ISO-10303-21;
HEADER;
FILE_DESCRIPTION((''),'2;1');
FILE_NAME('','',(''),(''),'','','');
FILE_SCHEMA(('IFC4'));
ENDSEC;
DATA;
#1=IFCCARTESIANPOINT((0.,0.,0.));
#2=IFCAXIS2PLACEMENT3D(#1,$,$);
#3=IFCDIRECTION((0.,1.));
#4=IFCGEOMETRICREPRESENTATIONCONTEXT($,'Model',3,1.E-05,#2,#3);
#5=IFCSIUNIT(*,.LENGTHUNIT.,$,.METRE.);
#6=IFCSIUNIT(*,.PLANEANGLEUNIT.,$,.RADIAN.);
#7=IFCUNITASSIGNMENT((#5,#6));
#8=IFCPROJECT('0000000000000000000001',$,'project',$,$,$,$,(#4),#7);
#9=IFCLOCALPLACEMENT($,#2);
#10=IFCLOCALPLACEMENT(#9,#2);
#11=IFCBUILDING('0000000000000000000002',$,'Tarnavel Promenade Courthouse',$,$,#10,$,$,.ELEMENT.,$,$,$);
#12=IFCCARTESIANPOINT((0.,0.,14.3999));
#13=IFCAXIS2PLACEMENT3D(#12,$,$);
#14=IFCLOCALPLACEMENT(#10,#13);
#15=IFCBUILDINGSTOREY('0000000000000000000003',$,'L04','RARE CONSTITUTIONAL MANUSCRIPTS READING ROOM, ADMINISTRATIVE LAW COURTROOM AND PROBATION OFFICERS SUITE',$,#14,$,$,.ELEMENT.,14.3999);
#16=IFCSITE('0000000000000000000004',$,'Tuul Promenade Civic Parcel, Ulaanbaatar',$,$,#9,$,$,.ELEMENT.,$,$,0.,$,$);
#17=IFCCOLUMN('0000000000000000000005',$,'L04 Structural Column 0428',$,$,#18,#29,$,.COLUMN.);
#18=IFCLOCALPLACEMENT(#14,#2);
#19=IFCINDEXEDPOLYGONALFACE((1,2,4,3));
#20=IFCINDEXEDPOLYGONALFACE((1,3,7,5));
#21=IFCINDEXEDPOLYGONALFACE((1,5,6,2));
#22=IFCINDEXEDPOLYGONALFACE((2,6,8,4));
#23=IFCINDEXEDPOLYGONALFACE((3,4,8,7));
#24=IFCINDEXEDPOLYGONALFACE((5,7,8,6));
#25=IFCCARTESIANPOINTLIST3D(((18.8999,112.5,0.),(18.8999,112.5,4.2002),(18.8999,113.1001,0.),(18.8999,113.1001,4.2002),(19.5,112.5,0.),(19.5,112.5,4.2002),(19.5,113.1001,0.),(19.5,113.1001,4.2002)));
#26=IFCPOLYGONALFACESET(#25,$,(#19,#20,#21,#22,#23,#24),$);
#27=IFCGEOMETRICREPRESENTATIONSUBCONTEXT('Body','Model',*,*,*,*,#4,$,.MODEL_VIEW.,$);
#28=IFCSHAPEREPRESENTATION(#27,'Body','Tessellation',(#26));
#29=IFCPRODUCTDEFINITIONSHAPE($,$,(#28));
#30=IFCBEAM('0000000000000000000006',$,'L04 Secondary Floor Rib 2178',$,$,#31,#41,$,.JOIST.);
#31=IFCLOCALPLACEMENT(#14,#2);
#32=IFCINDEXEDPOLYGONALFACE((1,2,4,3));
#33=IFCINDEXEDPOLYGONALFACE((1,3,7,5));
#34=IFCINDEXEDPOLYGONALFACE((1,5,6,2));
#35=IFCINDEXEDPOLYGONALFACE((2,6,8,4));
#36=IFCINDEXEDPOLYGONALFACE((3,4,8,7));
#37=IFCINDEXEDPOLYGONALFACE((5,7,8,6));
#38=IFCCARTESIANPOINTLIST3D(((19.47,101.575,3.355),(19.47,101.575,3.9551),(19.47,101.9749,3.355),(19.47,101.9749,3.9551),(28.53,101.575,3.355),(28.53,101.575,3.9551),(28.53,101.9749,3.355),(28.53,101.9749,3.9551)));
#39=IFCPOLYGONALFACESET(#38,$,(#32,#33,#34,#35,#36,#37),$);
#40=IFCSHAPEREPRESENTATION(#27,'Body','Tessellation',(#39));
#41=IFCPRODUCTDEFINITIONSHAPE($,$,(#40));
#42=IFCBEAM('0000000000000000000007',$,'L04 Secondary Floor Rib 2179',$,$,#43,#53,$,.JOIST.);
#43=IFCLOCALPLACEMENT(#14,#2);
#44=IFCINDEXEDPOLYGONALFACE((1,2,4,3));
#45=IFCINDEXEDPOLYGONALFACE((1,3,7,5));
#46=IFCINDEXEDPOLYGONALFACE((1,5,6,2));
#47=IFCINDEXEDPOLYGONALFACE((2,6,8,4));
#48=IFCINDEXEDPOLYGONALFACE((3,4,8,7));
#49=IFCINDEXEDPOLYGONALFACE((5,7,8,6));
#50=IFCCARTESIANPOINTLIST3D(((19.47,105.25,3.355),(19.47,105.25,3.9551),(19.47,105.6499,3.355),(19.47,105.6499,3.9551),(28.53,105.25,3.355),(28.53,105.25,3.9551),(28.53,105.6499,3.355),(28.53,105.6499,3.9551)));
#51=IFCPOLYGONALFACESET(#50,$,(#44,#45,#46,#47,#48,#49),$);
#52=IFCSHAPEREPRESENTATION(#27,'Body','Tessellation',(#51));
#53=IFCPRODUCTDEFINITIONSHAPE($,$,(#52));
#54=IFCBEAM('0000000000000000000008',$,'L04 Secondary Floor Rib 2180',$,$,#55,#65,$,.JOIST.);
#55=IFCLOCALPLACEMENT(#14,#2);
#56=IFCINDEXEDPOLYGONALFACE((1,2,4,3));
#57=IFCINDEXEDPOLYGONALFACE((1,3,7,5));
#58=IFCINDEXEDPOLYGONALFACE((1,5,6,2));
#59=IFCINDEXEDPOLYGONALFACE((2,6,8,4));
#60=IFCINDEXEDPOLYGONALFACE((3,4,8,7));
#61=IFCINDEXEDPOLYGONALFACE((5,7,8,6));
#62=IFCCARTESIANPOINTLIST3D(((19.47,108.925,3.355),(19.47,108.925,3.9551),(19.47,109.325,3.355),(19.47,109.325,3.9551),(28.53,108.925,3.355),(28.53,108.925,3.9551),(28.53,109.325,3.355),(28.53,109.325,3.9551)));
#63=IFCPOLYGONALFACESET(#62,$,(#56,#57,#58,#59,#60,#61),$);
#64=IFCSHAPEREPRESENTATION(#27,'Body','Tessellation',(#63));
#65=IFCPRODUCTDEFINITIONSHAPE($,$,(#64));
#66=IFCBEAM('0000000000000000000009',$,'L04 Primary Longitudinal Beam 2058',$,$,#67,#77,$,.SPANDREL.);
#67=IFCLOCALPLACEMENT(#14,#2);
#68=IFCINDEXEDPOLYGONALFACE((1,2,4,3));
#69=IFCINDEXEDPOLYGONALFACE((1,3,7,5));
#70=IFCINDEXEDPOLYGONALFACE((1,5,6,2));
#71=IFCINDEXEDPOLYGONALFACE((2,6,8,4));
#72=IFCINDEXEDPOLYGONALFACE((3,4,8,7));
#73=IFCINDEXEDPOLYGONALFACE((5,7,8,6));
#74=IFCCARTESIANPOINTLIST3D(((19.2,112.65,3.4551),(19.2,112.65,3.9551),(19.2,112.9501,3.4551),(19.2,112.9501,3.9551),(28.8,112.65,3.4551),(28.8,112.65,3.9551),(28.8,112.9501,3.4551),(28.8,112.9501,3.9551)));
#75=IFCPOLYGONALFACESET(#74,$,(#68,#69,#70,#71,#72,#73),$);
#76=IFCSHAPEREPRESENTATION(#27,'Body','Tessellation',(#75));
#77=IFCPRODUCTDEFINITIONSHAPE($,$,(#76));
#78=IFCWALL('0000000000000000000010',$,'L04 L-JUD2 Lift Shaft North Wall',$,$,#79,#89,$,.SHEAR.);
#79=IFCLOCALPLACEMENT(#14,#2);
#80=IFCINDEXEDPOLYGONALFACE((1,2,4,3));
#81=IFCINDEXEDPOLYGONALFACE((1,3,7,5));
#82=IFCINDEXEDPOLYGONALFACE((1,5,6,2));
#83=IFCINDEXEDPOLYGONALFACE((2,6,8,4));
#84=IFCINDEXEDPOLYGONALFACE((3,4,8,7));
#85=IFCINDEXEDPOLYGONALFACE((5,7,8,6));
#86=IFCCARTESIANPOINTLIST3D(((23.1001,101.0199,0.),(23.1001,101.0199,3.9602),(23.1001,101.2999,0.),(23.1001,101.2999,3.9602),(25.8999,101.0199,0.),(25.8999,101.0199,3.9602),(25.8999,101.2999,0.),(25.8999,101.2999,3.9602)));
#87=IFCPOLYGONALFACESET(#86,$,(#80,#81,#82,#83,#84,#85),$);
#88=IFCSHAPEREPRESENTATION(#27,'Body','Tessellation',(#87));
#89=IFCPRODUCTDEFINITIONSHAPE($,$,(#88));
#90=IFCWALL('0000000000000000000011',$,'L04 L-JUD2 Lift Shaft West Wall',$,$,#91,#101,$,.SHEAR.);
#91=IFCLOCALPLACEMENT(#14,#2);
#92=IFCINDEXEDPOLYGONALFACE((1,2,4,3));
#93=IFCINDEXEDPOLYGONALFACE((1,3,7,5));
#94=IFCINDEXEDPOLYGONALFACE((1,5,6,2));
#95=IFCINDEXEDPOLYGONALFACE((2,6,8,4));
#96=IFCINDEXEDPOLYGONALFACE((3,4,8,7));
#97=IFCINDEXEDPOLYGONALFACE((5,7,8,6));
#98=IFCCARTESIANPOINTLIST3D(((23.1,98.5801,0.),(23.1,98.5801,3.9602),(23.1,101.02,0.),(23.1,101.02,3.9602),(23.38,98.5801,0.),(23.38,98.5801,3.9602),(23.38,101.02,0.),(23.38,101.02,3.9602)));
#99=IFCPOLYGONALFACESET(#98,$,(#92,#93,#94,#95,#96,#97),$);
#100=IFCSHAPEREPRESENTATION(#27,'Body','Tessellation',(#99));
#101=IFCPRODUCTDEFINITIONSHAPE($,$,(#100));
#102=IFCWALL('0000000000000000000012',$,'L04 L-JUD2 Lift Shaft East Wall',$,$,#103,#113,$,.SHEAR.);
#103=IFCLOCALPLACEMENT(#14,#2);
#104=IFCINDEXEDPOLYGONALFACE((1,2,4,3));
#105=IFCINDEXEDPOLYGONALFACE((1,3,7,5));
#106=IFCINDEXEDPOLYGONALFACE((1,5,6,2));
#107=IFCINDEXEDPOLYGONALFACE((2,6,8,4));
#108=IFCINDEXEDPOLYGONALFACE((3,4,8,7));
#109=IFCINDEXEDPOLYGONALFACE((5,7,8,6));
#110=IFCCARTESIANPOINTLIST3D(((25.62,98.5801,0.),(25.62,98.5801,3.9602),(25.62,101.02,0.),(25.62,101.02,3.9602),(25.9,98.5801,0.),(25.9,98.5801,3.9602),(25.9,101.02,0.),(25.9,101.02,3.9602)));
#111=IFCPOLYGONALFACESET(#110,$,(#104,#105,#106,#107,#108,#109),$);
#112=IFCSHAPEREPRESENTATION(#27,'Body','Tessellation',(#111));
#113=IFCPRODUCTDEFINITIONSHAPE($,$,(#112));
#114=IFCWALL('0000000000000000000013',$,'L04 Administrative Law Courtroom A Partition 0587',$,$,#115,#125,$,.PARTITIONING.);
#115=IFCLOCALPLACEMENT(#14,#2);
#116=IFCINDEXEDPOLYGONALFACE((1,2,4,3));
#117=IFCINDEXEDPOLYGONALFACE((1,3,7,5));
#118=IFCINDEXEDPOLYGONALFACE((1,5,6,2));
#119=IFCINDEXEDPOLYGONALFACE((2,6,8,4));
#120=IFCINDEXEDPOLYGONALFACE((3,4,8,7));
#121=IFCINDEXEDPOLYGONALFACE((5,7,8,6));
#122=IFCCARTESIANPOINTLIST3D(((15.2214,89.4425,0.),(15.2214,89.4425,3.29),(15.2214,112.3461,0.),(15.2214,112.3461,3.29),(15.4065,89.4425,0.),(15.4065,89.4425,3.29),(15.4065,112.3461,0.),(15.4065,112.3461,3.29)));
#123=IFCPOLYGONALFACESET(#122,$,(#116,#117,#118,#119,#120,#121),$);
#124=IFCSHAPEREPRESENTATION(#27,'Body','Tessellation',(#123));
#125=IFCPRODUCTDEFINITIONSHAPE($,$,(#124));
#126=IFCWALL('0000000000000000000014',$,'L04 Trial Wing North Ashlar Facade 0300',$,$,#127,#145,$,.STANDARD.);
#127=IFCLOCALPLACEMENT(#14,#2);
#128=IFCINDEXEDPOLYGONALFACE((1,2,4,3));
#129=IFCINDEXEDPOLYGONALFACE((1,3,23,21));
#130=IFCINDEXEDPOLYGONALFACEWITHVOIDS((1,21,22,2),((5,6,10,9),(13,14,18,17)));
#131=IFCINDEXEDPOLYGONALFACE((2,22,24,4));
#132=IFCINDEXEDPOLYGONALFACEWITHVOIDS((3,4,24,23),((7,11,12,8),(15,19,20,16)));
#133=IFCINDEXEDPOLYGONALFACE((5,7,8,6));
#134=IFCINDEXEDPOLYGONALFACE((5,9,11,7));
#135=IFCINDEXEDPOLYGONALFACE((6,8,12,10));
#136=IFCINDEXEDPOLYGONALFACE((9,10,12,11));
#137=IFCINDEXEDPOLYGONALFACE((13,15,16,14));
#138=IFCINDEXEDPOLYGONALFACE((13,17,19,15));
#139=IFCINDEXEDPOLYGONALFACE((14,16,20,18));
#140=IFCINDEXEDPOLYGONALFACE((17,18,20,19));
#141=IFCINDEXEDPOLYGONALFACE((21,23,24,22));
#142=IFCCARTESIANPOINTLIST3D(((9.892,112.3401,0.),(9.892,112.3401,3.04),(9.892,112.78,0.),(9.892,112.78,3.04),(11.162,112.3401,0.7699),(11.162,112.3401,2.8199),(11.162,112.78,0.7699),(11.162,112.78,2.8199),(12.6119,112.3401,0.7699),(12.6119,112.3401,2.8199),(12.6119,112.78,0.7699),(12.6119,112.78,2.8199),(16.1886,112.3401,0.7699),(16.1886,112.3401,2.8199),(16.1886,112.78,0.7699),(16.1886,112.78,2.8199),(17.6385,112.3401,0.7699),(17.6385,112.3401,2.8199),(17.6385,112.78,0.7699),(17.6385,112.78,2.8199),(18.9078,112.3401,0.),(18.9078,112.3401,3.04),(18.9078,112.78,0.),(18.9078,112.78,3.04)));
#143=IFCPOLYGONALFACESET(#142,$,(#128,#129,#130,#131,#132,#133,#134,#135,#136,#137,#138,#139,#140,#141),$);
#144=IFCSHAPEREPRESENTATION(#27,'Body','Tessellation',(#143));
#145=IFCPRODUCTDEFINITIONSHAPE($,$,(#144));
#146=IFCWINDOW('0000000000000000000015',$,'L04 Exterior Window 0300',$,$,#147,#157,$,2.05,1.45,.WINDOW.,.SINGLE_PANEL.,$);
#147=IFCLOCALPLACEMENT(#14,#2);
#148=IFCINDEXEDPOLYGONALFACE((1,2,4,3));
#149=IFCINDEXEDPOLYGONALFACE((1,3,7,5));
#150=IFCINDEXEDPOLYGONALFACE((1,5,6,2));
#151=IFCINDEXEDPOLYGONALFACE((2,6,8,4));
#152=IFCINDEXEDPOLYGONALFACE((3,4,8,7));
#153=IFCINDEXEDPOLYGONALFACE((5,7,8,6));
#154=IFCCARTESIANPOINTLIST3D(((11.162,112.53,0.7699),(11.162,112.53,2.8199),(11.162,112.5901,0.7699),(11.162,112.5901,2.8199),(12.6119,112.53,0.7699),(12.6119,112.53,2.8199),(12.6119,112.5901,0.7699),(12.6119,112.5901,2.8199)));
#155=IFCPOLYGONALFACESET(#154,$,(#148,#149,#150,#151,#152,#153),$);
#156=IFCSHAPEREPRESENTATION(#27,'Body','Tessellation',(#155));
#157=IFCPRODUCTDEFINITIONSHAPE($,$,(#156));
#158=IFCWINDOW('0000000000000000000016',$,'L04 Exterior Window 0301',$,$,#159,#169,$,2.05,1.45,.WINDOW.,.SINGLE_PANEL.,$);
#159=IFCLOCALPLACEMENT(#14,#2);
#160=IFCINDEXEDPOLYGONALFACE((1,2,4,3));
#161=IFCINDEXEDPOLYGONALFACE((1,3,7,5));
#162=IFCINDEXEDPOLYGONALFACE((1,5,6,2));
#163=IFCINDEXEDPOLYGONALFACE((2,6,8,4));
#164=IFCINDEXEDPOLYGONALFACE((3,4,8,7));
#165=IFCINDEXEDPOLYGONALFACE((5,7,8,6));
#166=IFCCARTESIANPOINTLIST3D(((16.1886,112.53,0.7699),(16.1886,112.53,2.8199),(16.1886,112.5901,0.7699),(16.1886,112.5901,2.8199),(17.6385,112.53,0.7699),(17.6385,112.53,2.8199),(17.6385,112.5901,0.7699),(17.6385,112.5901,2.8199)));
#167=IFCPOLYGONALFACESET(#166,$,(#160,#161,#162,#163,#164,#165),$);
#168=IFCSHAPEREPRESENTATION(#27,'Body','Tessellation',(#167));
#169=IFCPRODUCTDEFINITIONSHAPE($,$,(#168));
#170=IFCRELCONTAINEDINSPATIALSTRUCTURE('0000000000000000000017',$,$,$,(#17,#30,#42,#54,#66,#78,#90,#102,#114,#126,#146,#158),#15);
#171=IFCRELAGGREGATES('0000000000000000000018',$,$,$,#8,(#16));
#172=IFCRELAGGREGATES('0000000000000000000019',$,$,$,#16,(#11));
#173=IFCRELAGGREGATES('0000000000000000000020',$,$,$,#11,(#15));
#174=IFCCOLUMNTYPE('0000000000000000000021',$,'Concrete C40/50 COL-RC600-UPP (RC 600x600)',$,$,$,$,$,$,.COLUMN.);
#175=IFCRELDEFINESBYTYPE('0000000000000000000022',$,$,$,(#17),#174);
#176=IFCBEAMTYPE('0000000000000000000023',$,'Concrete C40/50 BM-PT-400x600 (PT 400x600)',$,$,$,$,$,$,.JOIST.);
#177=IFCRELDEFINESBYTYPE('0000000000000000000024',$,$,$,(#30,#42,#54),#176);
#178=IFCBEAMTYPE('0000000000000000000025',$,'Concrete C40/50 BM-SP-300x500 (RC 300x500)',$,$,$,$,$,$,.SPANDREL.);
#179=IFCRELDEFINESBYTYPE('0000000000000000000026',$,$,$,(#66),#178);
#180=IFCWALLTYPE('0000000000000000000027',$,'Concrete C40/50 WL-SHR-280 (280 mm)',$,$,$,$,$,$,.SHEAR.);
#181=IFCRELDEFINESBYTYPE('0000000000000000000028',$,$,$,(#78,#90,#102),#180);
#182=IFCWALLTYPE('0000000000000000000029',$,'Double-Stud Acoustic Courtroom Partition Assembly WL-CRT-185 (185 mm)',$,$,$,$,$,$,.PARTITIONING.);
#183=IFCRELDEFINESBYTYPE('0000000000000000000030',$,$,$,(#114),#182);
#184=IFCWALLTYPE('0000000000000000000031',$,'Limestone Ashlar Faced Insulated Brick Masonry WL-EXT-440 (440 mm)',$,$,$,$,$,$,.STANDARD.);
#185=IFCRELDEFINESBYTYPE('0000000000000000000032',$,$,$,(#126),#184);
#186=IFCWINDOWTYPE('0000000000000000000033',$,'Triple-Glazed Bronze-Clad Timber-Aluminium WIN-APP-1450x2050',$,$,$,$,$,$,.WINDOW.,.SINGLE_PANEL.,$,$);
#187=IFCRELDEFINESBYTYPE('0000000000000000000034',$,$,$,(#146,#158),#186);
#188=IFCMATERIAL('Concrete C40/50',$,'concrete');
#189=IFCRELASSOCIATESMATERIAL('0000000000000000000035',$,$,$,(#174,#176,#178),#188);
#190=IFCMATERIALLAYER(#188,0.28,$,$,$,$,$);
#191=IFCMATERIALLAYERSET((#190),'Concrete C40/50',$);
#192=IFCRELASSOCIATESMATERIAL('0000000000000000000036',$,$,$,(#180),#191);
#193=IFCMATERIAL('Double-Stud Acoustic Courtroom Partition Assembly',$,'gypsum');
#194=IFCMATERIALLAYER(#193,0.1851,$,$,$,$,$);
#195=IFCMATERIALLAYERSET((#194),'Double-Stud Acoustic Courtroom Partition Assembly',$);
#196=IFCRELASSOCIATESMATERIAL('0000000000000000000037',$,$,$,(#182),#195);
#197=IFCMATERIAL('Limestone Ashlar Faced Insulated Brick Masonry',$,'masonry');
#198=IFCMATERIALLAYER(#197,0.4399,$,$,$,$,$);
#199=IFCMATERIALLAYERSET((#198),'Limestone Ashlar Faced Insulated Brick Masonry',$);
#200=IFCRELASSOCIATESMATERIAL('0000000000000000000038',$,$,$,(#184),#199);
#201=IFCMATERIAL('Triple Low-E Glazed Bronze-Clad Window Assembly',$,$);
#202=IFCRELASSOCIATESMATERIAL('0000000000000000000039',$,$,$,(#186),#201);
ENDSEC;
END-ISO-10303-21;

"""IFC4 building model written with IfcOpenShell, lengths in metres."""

from ifc_helpers import new_model, si_unit, direction, frame, frame_2d, origin, origin_2d, place, context, subcontext, project, spatial, rectangle, extrude, material, layer, layer_set, material_profile, profile_set, type_object, element, fill, save


model = new_model("IFC4")

# Units and contexts
model_context = context("Model", 3, precision=1e-05, world=origin(), true_north=direction((0.0, 1.0)))
body_context = subcontext(model_context, "Body", "Model", "MODEL_VIEW")
ifc_project = project(units=[si_unit("LENGTHUNIT", "METRE"), si_unit("PLANEANGLEUNIT", "RADIAN")], contexts=[model_context])

# Site, building, storey
site_placement = place(None, origin())
site = spatial("IfcSite", under=ifc_project, at=site_placement, Name="Tuul Promenade Civic Parcel, Ulaanbaatar", CompositionType="ELEMENT", RefElevation=0.0)
building_placement = place(site_placement, origin())
building = spatial("IfcBuilding", under=site, at=building_placement, Name="Tarnavel Promenade Courthouse", CompositionType="ELEMENT")
storey_placement = place(building_placement, frame((0.0, 0.0, 14.3999)))
storey = spatial("IfcBuildingStorey", under=building, at=storey_placement, Name="L04", Description="RARE CONSTITUTIONAL MANUSCRIPTS READING ROOM, ADMINISTRATIVE LAW COURTROOM AND PROBATION OFFICERS SUITE", CompositionType="ELEMENT", Elevation=14.3999)

# Column
ifc_material_1 = material(Name="Concrete C40/50", Category="concrete")
ifc_material_profile_1 = material_profile(ifc_material_1, rectangle(XDim=0.6001, YDim=0.6001, at=origin_2d()), Name="RC 600x600")
ifc_profile_set_1 = profile_set([ifc_material_profile_1], Name="Concrete C40/50")
column_type = type_object("IfcColumnType", Name="Concrete C40/50 COL-RC600-UPP (RC 600x600)", PredefinedType="COLUMN", material=ifc_profile_set_1)
column_placement = place(storey_placement, frame((19.2, 112.8, 0.0), z_axis=(0.0, 0.0, 1.0), x_axis=(1.0, 0.0, 0.0)))
element("IfcColumn", 1, at=column_placement, inside=storey, type_object=column_type, Name="L04 Structural Column 0428", PredefinedType="COLUMN", context=body_context, shape_type="SweptSolid", body=[
    extrude(rectangle(XDim=0.6001, YDim=0.6001, at=origin_2d()), origin(), (0.0, 0.0, 1.0), 4.2002),
])

# Beams
ifc_material_profile_2 = material_profile(ifc_material_1, rectangle(XDim=0.3999, YDim=0.6001, at=origin_2d()), Name="PT 400x600")
ifc_profile_set_2 = profile_set([ifc_material_profile_2], Name="Concrete C40/50")
beam_type_1 = type_object("IfcBeamType", Name="Concrete C40/50 BM-PT-400x600 (PT 400x600)", PredefinedType="JOIST", material=ifc_profile_set_2)
for number, where, z_axis, x_axis, name in (
    (2, (19.47, 101.7749, 3.655), (1.0, 0.0, 0.0), (0.0, 1.0, 0.0), "L04 Secondary Floor Rib 2178"),
    (3, (19.47, 105.45, 3.655), (1.0, 0.0, 0.0), (0.0, 1.0, 0.0), "L04 Secondary Floor Rib 2179"),
    (4, (19.47, 109.125, 3.655), (1.0, 0.0, 0.0), (0.0, 1.0, 0.0), "L04 Secondary Floor Rib 2180"),
):
    element("IfcBeam", number, at=place(storey_placement, frame(where, z_axis=z_axis, x_axis=x_axis)), inside=storey, type_object=beam_type_1, Name=name, PredefinedType="JOIST", context=body_context, shape_type="SweptSolid", body=[
        extrude(rectangle(XDim=0.3999, YDim=0.6001, at=origin_2d()), origin(), (0.0, 0.0, 1.0), 9.0601),
    ])
ifc_material_profile_3 = material_profile(ifc_material_1, rectangle(XDim=0.3, YDim=0.5, at=origin_2d()), Name="RC 300x500")
ifc_profile_set_3 = profile_set([ifc_material_profile_3], Name="Concrete C40/50")
beam_type_2 = type_object("IfcBeamType", Name="Concrete C40/50 BM-SP-300x500 (RC 300x500)", PredefinedType="SPANDREL", material=ifc_profile_set_3)
beam_placement = place(storey_placement, frame((19.2, 112.8, 3.7051), z_axis=(1.0, 0.0, 0.0), x_axis=(0.0, 1.0, 0.0)))
element("IfcBeam", 5, at=beam_placement, inside=storey, type_object=beam_type_2, Name="L04 Primary Longitudinal Beam 2058", PredefinedType="SPANDREL", context=body_context, shape_type="SweptSolid", body=[
    extrude(rectangle(XDim=0.3, YDim=0.5, at=origin_2d()), origin(), (0.0, 0.0, 1.0), 9.6001),
])

# Wall
ifc_layer_1 = layer(ifc_material_1, 0.28)
ifc_layer_set_1 = layer_set([ifc_layer_1], Name="Concrete C40/50")
wall_type_1 = type_object("IfcWallType", Name="Concrete C40/50 WL-SHR-280 (280 mm)", PredefinedType="SHEAR", material=ifc_layer_set_1)
wall_1_placement = place(storey_placement, frame((23.1001, 101.1599, 0.0), z_axis=(0.0, 0.0, 1.0), x_axis=(1.0, 0.0, 0.0)))
element("IfcWall", 6, at=wall_1_placement, inside=storey, type_object=wall_type_1, Name="L04 L-JUD2 Lift Shaft North Wall", PredefinedType="SHEAR", context=body_context, shape_type="SweptSolid", body=[
    extrude(rectangle(XDim=2.7998, YDim=0.28, at=frame_2d((1.3999, 0.0))), origin(), (0.0, 0.0, 1.0), 3.9602),
])

# Walls
for number, where, z_axis, x_axis, name in (
    (7, (23.24, 98.5801, 0.0), (0.0, 0.0, 1.0), (0.0, 1.0, 0.0), "L04 L-JUD2 Lift Shaft West Wall"),
    (8, (25.76, 101.02, 0.0), (0.0, 0.0, 1.0), (0.0, -1.0, 0.0), "L04 L-JUD2 Lift Shaft East Wall"),
):
    element("IfcWall", number, at=place(storey_placement, frame(where, z_axis=z_axis, x_axis=x_axis)), inside=storey, type_object=wall_type_1, Name=name, PredefinedType="SHEAR", context=body_context, shape_type="SweptSolid", body=[
        extrude(rectangle(XDim=2.4399, YDim=0.28, at=frame_2d((1.22, 0.0))), origin(), (0.0, 0.0, 1.0), 3.9602),
    ])
ifc_material_2 = material(Name="Double-Stud Acoustic Courtroom Partition Assembly", Category="gypsum")
ifc_layer_2 = layer(ifc_material_2, 0.1851)
ifc_layer_set_2 = layer_set([ifc_layer_2], Name="Double-Stud Acoustic Courtroom Partition Assembly")
wall_type_2 = type_object("IfcWallType", Name="Double-Stud Acoustic Courtroom Partition Assembly WL-CRT-185 (185 mm)", PredefinedType="PARTITIONING", material=ifc_layer_set_2)
wall_2_placement = place(storey_placement, frame((15.314, 112.3459, 0.0), z_axis=(0.0, 0.0, 1.0), x_axis=(0.0, -1.0, 0.0)))
element("IfcWall", 9, at=wall_2_placement, inside=storey, type_object=wall_type_2, Name="L04 Administrative Law Courtroom A Partition 0587", PredefinedType="PARTITIONING", context=body_context, shape_type="SweptSolid", body=[
    extrude(rectangle(XDim=22.9036, YDim=0.1851, at=frame_2d((11.4517, 0.0))), origin(), (0.0, 0.0, 1.0), 3.29),
])

# Wall, openings, windows
ifc_material_3 = material(Name="Limestone Ashlar Faced Insulated Brick Masonry", Category="masonry")
ifc_layer_3 = layer(ifc_material_3, 0.4399)
ifc_layer_set_3 = layer_set([ifc_layer_3], Name="Limestone Ashlar Faced Insulated Brick Masonry")
wall_type_3 = type_object("IfcWallType", Name="Limestone Ashlar Faced Insulated Brick Masonry WL-EXT-440 (440 mm)", PredefinedType="STANDARD", material=ifc_layer_set_3)
wall_3_placement = place(storey_placement, frame((9.8921, 112.5601, 0.0), z_axis=(0.0, 0.0, 1.0), x_axis=(1.0, 0.0, 0.0)))
wall_3 = element("IfcWall", 10, at=wall_3_placement, inside=storey, type_object=wall_type_3, Name="L04 Trial Wing North Ashlar Facade 0300", PredefinedType="STANDARD", context=body_context, shape_type="SweptSolid", body=[
    extrude(rectangle(XDim=9.0159, YDim=0.4399, at=frame_2d((4.5078, 0.0))), origin(), (0.0, 0.0, 1.0), 3.04),
])
opening_1_placement = place(wall_3_placement, frame((1.2698, 0.0, 0.77)))
opening_1 = element("IfcOpeningElement", 11, at=opening_1_placement, cuts=wall_3, PredefinedType="OPENING", context=body_context, shape_type="SweptSolid", body=[
    extrude(rectangle(XDim=1.45, YDim=2.05, at=frame_2d((0.7251, 1.0249))), frame((0.0, 0.23, 0.0), z_axis=(0.0, -1.0, 0.0), x_axis=(1.0, 0.0, 0.0)), (0.0, 0.0, 1.0), 0.46),
])
opening_2_placement = place(wall_3_placement, frame((6.2964, 0.0, 0.77)))
opening_2 = element("IfcOpeningElement", 12, at=opening_2_placement, cuts=wall_3, PredefinedType="OPENING", context=body_context, shape_type="SweptSolid", body=[
    extrude(rectangle(XDim=1.45, YDim=2.05, at=frame_2d((0.7251, 1.0249))), frame((0.0, 0.23, 0.0), z_axis=(0.0, -1.0, 0.0), x_axis=(1.0, 0.0, 0.0)), (0.0, 0.0, 1.0), 0.46),
])
ifc_material_4 = material(Name="Triple Low-E Glazed Bronze-Clad Window Assembly")
window_type = type_object("IfcWindowType", Name="Triple-Glazed Bronze-Clad Timber-Aluminium WIN-APP-1450x2050", PartitioningType="SINGLE_PANEL", PredefinedType="WINDOW", material=ifc_material_4)
window_1_placement = place(opening_1_placement, origin())
window_1 = element("IfcWindow", 13, at=window_1_placement, inside=storey, type_object=window_type, Name="L04 Exterior Window 0300", OverallHeight=2.05, OverallWidth=1.45, PartitioningType="SINGLE_PANEL", PredefinedType="WINDOW", context=body_context, shape_type="SweptSolid", body=[
    extrude(rectangle(XDim=1.45, YDim=2.05, at=frame_2d((0.7251, 1.0249))), frame((0.0, 0.03, 0.0), z_axis=(0.0, -1.0, 0.0), x_axis=(1.0, 0.0, 0.0)), (0.0, 0.0, 1.0), 0.0601),
])
fill(opening_1, window_1)
window_2_placement = place(opening_2_placement, origin())
window_2 = element("IfcWindow", 14, at=window_2_placement, inside=storey, type_object=window_type, Name="L04 Exterior Window 0301", OverallHeight=2.05, OverallWidth=1.45, PartitioningType="SINGLE_PANEL", PredefinedType="WINDOW", context=body_context, shape_type="SweptSolid", body=[
    extrude(rectangle(XDim=1.45, YDim=2.05, at=frame_2d((0.7251, 1.0249))), frame((0.0, 0.03, 0.0), z_axis=(0.0, -1.0, 0.0), x_axis=(1.0, 0.0, 0.0)), (0.0, 0.0, 1.0), 0.0601),
])
fill(opening_2, window_2)

save(model, "model.ifc")
